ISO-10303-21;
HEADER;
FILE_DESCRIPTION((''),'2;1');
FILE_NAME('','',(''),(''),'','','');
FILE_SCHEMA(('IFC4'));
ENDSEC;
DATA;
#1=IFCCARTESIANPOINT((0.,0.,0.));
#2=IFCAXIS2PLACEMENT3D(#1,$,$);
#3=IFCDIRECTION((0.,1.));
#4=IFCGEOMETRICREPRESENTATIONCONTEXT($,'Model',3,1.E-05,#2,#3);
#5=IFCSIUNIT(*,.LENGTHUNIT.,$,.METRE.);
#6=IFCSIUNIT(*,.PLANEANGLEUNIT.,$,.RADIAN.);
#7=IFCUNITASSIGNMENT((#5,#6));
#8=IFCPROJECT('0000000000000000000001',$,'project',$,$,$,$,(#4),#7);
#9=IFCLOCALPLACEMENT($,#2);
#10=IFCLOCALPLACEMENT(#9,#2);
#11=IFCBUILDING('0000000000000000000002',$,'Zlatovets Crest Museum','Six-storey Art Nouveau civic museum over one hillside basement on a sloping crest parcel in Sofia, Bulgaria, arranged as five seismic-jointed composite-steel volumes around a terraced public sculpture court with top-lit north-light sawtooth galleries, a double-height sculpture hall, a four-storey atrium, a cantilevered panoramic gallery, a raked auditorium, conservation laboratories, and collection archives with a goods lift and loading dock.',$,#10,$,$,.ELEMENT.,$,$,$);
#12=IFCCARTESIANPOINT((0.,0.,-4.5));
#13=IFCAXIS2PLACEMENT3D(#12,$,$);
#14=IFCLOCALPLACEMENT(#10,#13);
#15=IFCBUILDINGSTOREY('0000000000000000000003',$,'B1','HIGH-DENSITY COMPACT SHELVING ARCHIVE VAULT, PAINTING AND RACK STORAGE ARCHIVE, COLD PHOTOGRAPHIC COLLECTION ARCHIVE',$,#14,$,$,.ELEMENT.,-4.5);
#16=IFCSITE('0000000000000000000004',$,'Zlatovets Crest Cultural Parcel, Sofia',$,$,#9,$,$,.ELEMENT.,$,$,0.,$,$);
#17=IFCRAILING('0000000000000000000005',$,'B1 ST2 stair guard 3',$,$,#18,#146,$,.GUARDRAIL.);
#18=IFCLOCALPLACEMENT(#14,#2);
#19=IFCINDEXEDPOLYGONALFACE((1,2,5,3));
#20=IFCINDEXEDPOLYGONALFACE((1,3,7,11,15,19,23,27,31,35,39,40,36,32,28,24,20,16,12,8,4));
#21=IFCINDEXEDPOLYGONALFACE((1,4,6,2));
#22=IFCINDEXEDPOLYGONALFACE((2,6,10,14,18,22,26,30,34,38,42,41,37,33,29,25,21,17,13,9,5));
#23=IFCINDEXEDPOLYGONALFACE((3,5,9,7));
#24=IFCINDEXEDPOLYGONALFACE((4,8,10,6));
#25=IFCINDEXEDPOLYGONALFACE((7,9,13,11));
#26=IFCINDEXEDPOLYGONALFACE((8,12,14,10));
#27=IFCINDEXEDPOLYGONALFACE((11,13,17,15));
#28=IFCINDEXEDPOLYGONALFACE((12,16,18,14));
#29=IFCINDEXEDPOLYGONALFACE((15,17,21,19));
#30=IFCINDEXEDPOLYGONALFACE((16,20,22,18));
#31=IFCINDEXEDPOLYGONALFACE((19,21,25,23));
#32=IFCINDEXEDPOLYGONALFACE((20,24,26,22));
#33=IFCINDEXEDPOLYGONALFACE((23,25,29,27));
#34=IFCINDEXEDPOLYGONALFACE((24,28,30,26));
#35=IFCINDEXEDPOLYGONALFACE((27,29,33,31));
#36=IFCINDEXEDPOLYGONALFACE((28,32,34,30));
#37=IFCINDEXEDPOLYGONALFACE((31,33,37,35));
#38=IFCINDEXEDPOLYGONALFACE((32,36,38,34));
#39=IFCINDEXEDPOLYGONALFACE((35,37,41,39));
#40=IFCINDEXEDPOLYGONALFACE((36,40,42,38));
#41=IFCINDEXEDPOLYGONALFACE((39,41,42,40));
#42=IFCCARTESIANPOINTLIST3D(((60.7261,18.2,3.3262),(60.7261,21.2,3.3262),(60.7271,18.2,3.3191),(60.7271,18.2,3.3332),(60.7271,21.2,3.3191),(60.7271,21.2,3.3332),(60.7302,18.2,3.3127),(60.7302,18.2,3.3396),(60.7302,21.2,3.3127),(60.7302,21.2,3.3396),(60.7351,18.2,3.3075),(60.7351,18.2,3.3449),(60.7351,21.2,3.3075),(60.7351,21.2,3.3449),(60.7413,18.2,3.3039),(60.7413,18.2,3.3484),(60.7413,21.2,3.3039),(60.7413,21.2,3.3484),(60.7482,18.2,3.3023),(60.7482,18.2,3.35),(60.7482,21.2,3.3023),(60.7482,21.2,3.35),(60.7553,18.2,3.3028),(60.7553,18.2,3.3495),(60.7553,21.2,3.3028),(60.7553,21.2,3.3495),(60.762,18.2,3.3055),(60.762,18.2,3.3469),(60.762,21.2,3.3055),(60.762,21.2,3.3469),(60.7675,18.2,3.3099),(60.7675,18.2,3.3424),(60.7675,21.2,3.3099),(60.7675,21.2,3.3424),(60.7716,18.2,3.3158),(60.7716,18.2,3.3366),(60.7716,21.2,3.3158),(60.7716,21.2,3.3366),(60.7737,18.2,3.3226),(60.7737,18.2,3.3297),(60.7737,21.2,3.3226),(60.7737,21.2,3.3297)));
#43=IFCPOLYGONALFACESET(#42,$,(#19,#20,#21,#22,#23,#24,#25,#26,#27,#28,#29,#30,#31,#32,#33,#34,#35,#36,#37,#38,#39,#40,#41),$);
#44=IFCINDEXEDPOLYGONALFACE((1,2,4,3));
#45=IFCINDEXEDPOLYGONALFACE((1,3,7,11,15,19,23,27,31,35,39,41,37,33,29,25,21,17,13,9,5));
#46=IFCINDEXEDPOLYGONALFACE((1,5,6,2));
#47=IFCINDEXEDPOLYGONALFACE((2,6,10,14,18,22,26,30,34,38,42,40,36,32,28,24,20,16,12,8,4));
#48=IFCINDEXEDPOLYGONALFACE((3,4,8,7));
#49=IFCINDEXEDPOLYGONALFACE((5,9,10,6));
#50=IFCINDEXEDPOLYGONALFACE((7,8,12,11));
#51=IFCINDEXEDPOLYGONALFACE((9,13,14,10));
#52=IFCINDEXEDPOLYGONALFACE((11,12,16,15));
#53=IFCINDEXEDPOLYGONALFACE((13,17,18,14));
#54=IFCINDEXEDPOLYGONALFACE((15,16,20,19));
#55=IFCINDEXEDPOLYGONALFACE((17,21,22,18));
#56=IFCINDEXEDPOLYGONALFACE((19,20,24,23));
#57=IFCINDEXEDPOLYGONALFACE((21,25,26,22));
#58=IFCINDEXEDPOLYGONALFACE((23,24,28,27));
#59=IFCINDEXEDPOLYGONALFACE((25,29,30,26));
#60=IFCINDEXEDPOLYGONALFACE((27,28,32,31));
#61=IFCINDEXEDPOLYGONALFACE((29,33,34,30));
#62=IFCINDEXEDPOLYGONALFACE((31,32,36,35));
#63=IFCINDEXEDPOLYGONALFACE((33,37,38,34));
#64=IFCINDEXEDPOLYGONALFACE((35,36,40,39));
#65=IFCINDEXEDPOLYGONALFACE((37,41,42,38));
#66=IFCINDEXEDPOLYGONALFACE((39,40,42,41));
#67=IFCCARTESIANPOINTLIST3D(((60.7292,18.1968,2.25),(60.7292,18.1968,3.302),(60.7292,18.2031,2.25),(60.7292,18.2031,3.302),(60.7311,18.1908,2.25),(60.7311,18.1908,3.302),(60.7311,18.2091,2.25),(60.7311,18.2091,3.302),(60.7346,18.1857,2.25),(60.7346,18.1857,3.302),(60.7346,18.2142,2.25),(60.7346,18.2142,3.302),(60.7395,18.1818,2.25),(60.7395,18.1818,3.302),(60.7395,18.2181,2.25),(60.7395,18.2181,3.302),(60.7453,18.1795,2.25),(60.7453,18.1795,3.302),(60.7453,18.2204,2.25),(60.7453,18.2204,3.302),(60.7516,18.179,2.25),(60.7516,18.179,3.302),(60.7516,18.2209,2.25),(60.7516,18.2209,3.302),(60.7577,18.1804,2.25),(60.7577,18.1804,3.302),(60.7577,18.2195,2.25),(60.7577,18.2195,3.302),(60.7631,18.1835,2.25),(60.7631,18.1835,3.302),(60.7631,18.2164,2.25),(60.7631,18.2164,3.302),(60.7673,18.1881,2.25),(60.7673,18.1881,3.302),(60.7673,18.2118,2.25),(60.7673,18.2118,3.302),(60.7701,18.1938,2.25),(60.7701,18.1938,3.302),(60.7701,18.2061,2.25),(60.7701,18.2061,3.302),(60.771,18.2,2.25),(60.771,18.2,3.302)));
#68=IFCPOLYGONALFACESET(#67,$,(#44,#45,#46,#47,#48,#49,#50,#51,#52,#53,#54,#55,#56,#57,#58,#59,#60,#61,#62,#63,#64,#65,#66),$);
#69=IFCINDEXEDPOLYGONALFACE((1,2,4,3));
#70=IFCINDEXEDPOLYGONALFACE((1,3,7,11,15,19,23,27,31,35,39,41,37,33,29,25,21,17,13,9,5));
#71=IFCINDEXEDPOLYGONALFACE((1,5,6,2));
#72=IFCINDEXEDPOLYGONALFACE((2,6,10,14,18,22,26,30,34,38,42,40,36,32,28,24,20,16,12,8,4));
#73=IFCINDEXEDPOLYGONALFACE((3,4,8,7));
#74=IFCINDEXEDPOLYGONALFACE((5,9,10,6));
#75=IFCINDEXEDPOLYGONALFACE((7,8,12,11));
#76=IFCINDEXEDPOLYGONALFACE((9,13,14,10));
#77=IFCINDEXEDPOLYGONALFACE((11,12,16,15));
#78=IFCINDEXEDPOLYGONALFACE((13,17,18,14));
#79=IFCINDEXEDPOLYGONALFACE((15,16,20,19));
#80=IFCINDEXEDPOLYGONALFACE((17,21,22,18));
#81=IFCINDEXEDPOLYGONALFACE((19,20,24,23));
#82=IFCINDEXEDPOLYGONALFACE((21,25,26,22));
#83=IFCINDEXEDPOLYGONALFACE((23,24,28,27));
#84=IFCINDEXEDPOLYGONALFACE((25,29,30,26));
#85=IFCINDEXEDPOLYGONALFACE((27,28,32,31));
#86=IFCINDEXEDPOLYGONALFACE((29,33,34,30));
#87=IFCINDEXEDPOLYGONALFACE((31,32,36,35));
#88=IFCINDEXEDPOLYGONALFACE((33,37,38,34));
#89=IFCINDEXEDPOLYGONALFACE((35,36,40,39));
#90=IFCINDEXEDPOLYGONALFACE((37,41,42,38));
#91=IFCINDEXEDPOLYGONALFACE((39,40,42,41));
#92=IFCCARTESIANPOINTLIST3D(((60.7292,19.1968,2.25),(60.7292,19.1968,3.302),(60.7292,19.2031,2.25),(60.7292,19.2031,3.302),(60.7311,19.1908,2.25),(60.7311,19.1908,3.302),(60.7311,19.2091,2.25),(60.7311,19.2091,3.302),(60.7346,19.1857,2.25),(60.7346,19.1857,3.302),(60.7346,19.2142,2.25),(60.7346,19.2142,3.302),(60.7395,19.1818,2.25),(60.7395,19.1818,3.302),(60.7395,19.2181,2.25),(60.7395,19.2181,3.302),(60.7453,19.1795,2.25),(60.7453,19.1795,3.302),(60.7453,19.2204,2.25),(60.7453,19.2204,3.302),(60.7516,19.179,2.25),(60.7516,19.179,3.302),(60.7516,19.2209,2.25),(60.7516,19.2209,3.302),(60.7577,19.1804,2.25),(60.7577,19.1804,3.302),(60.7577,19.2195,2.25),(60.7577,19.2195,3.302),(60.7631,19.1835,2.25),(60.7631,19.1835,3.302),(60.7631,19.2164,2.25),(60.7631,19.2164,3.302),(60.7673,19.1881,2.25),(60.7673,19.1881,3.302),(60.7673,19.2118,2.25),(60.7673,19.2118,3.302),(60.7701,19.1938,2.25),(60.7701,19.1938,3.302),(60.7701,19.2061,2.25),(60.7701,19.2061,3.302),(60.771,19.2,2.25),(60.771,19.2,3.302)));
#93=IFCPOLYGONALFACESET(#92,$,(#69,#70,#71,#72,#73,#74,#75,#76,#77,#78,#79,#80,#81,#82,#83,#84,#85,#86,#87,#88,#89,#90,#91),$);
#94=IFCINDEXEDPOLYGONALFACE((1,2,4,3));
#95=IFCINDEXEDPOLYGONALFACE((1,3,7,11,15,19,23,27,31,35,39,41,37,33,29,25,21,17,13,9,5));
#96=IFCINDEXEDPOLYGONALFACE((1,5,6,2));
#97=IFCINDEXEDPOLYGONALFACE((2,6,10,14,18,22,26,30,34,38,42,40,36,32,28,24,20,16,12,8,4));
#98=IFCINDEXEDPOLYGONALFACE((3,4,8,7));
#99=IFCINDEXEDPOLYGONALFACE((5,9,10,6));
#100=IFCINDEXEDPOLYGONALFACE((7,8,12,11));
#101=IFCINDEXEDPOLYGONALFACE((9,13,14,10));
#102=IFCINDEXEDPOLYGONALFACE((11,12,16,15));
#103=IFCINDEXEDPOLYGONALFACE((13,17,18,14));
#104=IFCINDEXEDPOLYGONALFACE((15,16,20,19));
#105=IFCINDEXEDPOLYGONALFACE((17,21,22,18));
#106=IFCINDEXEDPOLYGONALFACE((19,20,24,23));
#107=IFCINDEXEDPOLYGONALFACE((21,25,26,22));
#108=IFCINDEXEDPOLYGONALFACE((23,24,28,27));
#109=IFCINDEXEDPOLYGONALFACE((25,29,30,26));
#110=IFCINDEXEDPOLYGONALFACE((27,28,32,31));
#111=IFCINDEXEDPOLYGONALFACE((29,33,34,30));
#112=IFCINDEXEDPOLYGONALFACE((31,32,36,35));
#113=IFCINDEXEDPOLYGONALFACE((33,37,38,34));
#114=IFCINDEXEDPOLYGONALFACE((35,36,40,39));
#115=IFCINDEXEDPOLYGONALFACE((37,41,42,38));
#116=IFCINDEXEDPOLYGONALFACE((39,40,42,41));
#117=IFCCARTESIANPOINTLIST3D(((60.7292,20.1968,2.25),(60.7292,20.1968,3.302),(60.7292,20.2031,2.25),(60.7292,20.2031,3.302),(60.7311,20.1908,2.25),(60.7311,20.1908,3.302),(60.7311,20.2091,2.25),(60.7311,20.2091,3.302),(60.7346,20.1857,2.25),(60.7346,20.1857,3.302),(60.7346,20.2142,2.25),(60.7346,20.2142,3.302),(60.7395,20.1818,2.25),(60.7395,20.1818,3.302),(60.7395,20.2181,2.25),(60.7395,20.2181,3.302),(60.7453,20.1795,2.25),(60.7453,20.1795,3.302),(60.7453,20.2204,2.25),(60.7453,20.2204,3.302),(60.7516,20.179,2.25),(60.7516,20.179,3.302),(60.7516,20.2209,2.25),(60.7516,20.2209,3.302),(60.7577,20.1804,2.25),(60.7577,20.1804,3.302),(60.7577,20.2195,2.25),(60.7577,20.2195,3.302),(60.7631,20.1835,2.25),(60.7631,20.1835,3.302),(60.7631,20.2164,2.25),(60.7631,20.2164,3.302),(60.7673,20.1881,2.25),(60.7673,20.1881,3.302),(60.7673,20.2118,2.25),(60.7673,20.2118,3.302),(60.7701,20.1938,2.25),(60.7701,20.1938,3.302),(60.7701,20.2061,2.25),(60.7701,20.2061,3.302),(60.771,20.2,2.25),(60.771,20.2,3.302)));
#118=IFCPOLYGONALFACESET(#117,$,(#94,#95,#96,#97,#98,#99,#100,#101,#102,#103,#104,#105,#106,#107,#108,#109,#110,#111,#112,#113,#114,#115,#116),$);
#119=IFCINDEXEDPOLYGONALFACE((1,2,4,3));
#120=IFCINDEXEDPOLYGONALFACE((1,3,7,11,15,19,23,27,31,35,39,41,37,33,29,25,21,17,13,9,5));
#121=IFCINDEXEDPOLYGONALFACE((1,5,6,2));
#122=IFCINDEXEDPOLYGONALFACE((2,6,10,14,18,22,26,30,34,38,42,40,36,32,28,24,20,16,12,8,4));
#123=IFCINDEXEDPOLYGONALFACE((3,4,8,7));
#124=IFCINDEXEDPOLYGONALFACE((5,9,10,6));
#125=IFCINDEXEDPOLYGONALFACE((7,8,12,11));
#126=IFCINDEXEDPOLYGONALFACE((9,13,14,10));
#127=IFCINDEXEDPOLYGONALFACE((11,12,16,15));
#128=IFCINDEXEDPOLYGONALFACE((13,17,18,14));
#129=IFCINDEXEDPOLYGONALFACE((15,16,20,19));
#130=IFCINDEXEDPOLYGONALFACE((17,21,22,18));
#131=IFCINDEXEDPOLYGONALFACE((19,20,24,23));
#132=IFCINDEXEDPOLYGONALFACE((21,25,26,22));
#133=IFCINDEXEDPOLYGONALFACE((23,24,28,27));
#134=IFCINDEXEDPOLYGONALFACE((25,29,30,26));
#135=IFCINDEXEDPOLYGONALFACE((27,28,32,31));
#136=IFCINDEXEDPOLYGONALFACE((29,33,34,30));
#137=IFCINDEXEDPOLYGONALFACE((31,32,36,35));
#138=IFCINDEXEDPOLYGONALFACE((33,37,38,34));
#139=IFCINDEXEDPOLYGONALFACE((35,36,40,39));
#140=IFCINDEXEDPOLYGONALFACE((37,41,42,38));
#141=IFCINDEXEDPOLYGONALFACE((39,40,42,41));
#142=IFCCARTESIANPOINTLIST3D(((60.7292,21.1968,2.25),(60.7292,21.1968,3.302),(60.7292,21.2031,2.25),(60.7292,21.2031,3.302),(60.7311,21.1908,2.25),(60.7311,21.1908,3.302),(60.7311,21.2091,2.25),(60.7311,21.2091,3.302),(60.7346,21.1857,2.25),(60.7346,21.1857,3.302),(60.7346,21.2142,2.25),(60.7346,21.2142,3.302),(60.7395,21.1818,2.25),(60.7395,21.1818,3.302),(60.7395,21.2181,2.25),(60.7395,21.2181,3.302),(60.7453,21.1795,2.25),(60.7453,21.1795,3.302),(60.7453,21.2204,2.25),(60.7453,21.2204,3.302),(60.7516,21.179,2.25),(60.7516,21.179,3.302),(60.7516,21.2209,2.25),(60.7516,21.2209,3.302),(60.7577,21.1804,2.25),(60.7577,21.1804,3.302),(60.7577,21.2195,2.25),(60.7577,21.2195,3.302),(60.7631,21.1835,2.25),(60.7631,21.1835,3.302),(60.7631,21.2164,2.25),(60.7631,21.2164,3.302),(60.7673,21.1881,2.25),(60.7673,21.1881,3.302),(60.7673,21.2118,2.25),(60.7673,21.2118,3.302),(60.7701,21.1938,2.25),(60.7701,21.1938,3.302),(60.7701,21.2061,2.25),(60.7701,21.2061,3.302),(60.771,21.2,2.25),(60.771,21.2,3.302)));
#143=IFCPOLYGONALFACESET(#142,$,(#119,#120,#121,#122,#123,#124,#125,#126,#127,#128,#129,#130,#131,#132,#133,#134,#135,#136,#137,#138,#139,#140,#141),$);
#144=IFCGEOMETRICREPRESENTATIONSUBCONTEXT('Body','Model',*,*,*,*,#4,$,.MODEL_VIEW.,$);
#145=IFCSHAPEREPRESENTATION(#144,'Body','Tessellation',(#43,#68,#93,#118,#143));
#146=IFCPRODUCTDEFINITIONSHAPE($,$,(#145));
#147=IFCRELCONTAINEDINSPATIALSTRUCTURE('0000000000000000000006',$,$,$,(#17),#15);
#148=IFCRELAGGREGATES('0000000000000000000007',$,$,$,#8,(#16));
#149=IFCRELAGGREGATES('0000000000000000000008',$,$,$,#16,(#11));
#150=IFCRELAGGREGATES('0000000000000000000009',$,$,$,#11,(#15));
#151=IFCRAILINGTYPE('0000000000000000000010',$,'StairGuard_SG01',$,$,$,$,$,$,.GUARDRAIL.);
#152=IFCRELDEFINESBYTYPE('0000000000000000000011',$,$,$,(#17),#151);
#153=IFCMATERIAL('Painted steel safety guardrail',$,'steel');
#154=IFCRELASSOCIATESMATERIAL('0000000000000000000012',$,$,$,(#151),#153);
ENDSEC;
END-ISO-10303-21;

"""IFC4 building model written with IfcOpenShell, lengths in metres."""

from ifc_helpers import new_model, si_unit, direction, frame, origin, origin_2d, place, context, subcontext, project, spatial, circle, extrude, material, type_object, element, save


model = new_model("IFC4")

# Units and contexts
model_context = context("Model", 3, precision=1e-05, world=origin(), true_north=direction((0.0, 1.0)))
body_context = subcontext(model_context, "Body", "Model", "MODEL_VIEW")
ifc_project = project(units=[si_unit("LENGTHUNIT", "METRE"), si_unit("PLANEANGLEUNIT", "RADIAN")], contexts=[model_context])

# Site, building, storey
site_placement = place(None, origin())
site = spatial("IfcSite", under=ifc_project, at=site_placement, Name="Zlatovets Crest Cultural Parcel, Sofia", CompositionType="ELEMENT", RefElevation=0.0)
building_placement = place(site_placement, origin())
building = spatial("IfcBuilding", under=site, at=building_placement, Name="Zlatovets Crest Museum", Description="Six-storey Art Nouveau civic museum over one hillside basement on a sloping crest parcel in Sofia, Bulgaria, arranged as five seismic-jointed composite-steel volumes around a terraced public sculpture court with top-lit north-light sawtooth galleries, a double-height sculpture hall, a four-storey atrium, a cantilevered panoramic gallery, a raked auditorium, conservation laboratories, and collection archives with a goods lift and loading dock.", CompositionType="ELEMENT")
storey_placement = place(building_placement, frame((0.0, 0.0, -4.5)))
storey = spatial("IfcBuildingStorey", under=building, at=storey_placement, Name="B1", Description="HIGH-DENSITY COMPACT SHELVING ARCHIVE VAULT, PAINTING AND RACK STORAGE ARCHIVE, COLD PHOTOGRAPHIC COLLECTION ARCHIVE", CompositionType="ELEMENT", Elevation=-4.5)

# Railing
ifc_material_1 = material(Name="Painted steel safety guardrail", Category="steel")
railing_type = type_object("IfcRailingType", Name="StairGuard_SG01", PredefinedType="GUARDRAIL", material=ifc_material_1)
railing_1_placement = place(storey_placement, frame((60.75, 18.2, 2.25)))
element("IfcRailing", 1, at=railing_1_placement, inside=storey, type_object=railing_type, Name="B1 ST2 stair guard 3", PredefinedType="GUARDRAIL", context=body_context, shape_type="SweptSolid", body=[
    extrude(circle(Radius=0.0239, at=origin_2d()), frame((0.0, 0.0, 1.0762), z_axis=(0.0, 1.0, 0.0), x_axis=(-1.0, 0.0, 0.0)), (0.0, 0.0, 1.0), 3.0),
    extrude(circle(Radius=0.021, at=origin_2d()), origin(), (0.0, 0.0, 1.0), 1.052),
    extrude(circle(Radius=0.021, at=origin_2d()), frame((0.0, 1.0, 0.0)), (0.0, 0.0, 1.0), 1.052),
    extrude(circle(Radius=0.021, at=origin_2d()), frame((0.0, 2.0, 0.0)), (0.0, 0.0, 1.0), 1.052),
    extrude(circle(Radius=0.021, at=origin_2d()), frame((0.0, 3.0, 0.0)), (0.0, 0.0, 1.0), 1.052),
])

save(model, "model.ifc")
